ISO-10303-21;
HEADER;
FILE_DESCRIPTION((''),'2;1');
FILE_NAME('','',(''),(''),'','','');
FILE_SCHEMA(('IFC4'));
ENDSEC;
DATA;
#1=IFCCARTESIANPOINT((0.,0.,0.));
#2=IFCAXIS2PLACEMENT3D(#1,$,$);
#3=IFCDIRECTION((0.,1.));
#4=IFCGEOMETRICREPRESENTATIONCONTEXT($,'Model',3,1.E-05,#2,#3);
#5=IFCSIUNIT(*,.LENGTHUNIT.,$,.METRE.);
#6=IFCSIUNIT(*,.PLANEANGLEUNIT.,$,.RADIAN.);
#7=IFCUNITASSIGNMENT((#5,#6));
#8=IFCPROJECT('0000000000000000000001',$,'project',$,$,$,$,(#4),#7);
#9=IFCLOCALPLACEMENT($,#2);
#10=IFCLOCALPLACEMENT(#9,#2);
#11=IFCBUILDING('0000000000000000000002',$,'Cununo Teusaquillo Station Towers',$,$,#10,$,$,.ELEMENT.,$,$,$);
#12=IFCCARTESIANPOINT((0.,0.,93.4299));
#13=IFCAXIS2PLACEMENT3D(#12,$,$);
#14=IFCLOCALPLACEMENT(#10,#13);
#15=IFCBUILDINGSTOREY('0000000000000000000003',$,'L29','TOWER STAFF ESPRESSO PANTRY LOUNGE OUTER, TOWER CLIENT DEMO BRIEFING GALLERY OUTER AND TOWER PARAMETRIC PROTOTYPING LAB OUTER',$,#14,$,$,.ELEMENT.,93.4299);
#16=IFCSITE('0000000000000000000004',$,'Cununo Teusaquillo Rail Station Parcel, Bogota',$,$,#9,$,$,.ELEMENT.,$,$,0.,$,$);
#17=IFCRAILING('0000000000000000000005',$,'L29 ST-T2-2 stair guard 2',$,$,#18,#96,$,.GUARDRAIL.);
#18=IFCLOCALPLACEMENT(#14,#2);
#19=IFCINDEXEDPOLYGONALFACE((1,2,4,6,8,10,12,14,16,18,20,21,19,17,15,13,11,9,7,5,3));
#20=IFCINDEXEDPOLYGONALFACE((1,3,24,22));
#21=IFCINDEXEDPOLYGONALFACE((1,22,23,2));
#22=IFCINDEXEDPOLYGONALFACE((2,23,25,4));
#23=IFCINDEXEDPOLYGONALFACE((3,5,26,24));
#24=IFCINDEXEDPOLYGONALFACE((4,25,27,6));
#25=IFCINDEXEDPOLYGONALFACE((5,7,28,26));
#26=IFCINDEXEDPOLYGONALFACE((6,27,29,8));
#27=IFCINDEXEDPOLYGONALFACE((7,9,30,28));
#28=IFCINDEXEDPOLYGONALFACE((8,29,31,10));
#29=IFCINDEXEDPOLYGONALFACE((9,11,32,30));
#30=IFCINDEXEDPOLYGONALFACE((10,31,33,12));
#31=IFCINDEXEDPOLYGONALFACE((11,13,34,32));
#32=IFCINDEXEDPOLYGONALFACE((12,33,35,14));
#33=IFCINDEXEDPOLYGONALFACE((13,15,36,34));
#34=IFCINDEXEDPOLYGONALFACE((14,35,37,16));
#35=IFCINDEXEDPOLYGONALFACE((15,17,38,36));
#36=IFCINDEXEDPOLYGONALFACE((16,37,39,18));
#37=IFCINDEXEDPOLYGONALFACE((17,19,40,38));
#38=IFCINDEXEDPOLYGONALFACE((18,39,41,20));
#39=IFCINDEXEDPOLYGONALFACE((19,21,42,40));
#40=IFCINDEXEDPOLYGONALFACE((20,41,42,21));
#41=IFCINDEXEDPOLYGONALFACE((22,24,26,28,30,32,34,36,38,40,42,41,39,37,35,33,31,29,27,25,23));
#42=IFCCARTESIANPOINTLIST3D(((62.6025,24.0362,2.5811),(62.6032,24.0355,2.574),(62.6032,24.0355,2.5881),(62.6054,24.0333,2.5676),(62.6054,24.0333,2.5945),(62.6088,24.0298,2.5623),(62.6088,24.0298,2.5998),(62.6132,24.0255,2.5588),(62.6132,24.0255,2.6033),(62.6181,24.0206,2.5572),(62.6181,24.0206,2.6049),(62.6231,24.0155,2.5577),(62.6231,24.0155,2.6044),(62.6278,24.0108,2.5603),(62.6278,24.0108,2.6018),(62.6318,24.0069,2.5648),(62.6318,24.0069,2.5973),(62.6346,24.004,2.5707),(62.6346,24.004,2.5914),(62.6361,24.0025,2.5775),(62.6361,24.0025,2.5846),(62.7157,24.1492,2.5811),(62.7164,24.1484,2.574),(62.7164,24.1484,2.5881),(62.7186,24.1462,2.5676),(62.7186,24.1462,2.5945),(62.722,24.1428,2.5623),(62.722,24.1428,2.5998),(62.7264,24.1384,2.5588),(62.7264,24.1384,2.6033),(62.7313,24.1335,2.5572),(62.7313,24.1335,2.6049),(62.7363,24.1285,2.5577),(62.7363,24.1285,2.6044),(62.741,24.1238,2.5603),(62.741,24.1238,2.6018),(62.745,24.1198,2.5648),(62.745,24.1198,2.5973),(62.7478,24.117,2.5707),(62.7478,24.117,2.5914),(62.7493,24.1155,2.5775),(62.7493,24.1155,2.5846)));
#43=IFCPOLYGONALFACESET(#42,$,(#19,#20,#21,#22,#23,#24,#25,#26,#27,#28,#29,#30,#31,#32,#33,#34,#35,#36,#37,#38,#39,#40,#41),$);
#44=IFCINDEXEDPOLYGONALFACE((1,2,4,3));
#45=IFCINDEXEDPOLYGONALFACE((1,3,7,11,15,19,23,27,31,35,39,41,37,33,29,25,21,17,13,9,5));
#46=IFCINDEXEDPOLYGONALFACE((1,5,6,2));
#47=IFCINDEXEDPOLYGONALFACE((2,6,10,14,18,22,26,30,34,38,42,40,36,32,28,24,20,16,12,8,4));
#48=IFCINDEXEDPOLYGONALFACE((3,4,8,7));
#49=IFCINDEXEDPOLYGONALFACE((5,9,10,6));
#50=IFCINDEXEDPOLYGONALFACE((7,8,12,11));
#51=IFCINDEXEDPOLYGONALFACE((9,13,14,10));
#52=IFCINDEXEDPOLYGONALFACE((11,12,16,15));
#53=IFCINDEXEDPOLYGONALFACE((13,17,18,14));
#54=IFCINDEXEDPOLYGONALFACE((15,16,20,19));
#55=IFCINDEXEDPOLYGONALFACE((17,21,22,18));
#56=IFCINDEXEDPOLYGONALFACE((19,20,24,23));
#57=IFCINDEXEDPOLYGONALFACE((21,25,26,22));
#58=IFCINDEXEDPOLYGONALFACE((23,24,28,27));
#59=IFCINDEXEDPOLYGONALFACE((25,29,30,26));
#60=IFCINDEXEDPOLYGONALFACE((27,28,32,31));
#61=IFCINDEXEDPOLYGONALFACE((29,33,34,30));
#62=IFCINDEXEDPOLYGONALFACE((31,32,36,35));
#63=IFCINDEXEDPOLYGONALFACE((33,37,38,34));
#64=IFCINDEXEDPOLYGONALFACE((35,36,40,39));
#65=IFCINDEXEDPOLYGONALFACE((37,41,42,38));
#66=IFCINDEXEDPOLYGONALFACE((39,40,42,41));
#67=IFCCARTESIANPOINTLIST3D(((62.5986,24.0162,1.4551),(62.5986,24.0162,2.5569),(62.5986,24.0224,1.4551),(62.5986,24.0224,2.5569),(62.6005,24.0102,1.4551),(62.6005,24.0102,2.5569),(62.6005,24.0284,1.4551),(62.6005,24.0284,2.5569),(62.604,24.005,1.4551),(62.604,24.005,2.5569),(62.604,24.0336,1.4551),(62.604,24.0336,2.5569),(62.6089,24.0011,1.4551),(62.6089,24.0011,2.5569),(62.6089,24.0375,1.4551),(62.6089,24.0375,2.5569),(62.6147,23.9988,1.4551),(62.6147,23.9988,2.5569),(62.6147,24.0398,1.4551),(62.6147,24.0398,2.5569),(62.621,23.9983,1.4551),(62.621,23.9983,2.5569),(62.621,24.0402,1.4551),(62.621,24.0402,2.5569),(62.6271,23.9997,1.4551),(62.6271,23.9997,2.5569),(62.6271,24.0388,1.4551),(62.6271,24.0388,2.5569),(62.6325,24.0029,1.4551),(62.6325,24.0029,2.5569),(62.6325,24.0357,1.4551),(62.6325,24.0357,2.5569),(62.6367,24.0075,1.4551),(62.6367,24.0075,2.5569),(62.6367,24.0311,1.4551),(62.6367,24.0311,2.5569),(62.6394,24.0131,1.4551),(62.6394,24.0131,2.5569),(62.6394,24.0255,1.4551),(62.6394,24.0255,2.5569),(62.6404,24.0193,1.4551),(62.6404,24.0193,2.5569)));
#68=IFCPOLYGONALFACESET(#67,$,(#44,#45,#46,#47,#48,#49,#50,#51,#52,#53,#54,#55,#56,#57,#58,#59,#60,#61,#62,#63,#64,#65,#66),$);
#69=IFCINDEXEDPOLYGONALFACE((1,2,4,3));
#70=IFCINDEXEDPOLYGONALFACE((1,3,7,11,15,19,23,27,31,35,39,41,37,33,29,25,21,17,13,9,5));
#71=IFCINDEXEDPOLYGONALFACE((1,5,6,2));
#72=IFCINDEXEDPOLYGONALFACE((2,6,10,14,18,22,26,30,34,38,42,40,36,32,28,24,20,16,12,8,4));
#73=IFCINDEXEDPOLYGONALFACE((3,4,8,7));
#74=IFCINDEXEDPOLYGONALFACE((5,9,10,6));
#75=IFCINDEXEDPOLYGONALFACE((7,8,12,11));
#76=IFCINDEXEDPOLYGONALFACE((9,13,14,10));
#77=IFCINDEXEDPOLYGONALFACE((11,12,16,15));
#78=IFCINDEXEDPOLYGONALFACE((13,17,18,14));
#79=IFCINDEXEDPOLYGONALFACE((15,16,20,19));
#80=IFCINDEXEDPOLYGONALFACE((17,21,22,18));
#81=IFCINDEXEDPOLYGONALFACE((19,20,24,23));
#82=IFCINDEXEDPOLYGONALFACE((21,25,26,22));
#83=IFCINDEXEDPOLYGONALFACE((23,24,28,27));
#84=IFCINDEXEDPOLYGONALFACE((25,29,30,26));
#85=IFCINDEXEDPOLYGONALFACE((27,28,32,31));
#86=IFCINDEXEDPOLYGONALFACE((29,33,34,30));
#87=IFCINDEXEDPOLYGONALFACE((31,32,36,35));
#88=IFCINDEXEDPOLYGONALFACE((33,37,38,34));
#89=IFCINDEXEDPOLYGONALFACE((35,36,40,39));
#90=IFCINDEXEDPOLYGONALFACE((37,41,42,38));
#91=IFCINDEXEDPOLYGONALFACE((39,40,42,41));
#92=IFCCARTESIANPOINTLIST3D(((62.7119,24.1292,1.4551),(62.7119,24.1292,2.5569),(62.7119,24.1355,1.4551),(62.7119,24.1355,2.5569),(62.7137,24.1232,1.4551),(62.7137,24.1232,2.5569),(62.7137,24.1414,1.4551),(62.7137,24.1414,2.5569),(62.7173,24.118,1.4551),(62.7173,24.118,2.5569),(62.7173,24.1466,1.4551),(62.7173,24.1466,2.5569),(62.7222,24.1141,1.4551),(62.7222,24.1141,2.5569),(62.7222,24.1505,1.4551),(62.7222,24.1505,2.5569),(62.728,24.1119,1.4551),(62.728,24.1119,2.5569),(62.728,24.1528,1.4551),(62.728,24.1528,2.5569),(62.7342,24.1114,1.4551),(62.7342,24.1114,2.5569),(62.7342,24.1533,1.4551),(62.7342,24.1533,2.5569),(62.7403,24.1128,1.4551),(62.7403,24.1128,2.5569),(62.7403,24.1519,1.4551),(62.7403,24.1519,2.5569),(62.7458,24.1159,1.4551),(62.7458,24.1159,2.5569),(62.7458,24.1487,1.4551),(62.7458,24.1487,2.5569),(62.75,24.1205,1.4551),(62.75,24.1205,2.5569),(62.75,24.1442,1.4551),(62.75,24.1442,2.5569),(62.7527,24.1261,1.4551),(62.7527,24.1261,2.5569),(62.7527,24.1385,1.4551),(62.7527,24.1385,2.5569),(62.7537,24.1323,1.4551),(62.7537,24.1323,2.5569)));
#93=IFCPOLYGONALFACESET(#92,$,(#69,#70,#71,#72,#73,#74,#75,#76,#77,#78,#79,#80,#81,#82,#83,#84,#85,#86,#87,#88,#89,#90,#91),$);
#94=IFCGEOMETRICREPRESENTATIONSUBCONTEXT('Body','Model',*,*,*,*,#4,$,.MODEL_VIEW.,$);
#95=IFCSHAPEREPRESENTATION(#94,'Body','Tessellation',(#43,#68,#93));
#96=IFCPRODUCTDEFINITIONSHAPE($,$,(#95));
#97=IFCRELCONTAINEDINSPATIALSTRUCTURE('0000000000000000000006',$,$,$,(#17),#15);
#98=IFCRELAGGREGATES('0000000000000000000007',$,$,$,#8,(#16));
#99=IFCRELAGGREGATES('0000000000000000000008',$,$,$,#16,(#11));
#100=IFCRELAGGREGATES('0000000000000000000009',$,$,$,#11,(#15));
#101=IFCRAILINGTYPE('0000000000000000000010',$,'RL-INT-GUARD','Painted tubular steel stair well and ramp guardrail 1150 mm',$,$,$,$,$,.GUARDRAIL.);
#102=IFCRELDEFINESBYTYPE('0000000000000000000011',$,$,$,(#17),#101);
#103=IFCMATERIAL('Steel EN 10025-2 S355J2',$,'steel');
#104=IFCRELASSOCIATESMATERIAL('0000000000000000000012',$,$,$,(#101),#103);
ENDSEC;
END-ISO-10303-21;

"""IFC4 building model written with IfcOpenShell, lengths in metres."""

from ifc_helpers import new_model, si_unit, direction, frame, origin, origin_2d, place, context, subcontext, project, spatial, circle, extrude, material, type_object, element, save


model = new_model("IFC4")

# Units and contexts
model_context = context("Model", 3, precision=1e-05, world=origin(), true_north=direction((0.0, 1.0)))
body_context = subcontext(model_context, "Body", "Model", "MODEL_VIEW")
ifc_project = project(units=[si_unit("LENGTHUNIT", "METRE"), si_unit("PLANEANGLEUNIT", "RADIAN")], contexts=[model_context])

# Site, building, storey
site_placement = place(None, origin())
site = spatial("IfcSite", under=ifc_project, at=site_placement, Name="Cununo Teusaquillo Rail Station Parcel, Bogota", CompositionType="ELEMENT", RefElevation=0.0)
building_placement = place(site_placement, origin())
building = spatial("IfcBuilding", under=site, at=building_placement, Name="Cununo Teusaquillo Station Towers", CompositionType="ELEMENT")
storey_placement = place(building_placement, frame((0.0, 0.0, 93.4299)))
storey = spatial("IfcBuildingStorey", under=building, at=storey_placement, Name="L29", Description="TOWER STAFF ESPRESSO PANTRY LOUNGE OUTER, TOWER CLIENT DEMO BRIEFING GALLERY OUTER AND TOWER PARAMETRIC PROTOTYPING LAB OUTER", CompositionType="ELEMENT", Elevation=93.4299)

# Railing
ifc_material_1 = material(Name="Steel EN 10025-2 S355J2", Category="steel")
railing_type_1 = type_object("IfcRailingType", Name="RL-INT-GUARD", Description="Painted tubular steel stair well and ramp guardrail 1150 mm", PredefinedType="GUARDRAIL", material=ifc_material_1)
railing_1_placement = place(storey_placement, frame((62.6194, 24.0193, 1.4551)))
element("IfcRailing", 1, at=railing_1_placement, inside=storey, type_object=railing_type_1, Name="L29 ST-T2-2 stair guard 2", PredefinedType="GUARDRAIL", context=body_context, shape_type="SweptSolid", body=[
    extrude(circle(Radius=0.0239, at=origin_2d()), frame((0.0, 0.0, 1.126), z_axis=(0.707869, 0.706344, 0.0), x_axis=(-0.706344, 0.707869, 0.0)), (0.0, 0.0, 1.0), 0.1599),
    extrude(circle(Radius=0.021, at=origin_2d()), origin(), (0.0, 0.0, 1.0), 1.1018),
    extrude(circle(Radius=0.021, at=origin_2d()), frame((0.1133, 0.113, 0.0)), (0.0, 0.0, 1.0), 1.1018),
])

save(model, "model.ifc")
